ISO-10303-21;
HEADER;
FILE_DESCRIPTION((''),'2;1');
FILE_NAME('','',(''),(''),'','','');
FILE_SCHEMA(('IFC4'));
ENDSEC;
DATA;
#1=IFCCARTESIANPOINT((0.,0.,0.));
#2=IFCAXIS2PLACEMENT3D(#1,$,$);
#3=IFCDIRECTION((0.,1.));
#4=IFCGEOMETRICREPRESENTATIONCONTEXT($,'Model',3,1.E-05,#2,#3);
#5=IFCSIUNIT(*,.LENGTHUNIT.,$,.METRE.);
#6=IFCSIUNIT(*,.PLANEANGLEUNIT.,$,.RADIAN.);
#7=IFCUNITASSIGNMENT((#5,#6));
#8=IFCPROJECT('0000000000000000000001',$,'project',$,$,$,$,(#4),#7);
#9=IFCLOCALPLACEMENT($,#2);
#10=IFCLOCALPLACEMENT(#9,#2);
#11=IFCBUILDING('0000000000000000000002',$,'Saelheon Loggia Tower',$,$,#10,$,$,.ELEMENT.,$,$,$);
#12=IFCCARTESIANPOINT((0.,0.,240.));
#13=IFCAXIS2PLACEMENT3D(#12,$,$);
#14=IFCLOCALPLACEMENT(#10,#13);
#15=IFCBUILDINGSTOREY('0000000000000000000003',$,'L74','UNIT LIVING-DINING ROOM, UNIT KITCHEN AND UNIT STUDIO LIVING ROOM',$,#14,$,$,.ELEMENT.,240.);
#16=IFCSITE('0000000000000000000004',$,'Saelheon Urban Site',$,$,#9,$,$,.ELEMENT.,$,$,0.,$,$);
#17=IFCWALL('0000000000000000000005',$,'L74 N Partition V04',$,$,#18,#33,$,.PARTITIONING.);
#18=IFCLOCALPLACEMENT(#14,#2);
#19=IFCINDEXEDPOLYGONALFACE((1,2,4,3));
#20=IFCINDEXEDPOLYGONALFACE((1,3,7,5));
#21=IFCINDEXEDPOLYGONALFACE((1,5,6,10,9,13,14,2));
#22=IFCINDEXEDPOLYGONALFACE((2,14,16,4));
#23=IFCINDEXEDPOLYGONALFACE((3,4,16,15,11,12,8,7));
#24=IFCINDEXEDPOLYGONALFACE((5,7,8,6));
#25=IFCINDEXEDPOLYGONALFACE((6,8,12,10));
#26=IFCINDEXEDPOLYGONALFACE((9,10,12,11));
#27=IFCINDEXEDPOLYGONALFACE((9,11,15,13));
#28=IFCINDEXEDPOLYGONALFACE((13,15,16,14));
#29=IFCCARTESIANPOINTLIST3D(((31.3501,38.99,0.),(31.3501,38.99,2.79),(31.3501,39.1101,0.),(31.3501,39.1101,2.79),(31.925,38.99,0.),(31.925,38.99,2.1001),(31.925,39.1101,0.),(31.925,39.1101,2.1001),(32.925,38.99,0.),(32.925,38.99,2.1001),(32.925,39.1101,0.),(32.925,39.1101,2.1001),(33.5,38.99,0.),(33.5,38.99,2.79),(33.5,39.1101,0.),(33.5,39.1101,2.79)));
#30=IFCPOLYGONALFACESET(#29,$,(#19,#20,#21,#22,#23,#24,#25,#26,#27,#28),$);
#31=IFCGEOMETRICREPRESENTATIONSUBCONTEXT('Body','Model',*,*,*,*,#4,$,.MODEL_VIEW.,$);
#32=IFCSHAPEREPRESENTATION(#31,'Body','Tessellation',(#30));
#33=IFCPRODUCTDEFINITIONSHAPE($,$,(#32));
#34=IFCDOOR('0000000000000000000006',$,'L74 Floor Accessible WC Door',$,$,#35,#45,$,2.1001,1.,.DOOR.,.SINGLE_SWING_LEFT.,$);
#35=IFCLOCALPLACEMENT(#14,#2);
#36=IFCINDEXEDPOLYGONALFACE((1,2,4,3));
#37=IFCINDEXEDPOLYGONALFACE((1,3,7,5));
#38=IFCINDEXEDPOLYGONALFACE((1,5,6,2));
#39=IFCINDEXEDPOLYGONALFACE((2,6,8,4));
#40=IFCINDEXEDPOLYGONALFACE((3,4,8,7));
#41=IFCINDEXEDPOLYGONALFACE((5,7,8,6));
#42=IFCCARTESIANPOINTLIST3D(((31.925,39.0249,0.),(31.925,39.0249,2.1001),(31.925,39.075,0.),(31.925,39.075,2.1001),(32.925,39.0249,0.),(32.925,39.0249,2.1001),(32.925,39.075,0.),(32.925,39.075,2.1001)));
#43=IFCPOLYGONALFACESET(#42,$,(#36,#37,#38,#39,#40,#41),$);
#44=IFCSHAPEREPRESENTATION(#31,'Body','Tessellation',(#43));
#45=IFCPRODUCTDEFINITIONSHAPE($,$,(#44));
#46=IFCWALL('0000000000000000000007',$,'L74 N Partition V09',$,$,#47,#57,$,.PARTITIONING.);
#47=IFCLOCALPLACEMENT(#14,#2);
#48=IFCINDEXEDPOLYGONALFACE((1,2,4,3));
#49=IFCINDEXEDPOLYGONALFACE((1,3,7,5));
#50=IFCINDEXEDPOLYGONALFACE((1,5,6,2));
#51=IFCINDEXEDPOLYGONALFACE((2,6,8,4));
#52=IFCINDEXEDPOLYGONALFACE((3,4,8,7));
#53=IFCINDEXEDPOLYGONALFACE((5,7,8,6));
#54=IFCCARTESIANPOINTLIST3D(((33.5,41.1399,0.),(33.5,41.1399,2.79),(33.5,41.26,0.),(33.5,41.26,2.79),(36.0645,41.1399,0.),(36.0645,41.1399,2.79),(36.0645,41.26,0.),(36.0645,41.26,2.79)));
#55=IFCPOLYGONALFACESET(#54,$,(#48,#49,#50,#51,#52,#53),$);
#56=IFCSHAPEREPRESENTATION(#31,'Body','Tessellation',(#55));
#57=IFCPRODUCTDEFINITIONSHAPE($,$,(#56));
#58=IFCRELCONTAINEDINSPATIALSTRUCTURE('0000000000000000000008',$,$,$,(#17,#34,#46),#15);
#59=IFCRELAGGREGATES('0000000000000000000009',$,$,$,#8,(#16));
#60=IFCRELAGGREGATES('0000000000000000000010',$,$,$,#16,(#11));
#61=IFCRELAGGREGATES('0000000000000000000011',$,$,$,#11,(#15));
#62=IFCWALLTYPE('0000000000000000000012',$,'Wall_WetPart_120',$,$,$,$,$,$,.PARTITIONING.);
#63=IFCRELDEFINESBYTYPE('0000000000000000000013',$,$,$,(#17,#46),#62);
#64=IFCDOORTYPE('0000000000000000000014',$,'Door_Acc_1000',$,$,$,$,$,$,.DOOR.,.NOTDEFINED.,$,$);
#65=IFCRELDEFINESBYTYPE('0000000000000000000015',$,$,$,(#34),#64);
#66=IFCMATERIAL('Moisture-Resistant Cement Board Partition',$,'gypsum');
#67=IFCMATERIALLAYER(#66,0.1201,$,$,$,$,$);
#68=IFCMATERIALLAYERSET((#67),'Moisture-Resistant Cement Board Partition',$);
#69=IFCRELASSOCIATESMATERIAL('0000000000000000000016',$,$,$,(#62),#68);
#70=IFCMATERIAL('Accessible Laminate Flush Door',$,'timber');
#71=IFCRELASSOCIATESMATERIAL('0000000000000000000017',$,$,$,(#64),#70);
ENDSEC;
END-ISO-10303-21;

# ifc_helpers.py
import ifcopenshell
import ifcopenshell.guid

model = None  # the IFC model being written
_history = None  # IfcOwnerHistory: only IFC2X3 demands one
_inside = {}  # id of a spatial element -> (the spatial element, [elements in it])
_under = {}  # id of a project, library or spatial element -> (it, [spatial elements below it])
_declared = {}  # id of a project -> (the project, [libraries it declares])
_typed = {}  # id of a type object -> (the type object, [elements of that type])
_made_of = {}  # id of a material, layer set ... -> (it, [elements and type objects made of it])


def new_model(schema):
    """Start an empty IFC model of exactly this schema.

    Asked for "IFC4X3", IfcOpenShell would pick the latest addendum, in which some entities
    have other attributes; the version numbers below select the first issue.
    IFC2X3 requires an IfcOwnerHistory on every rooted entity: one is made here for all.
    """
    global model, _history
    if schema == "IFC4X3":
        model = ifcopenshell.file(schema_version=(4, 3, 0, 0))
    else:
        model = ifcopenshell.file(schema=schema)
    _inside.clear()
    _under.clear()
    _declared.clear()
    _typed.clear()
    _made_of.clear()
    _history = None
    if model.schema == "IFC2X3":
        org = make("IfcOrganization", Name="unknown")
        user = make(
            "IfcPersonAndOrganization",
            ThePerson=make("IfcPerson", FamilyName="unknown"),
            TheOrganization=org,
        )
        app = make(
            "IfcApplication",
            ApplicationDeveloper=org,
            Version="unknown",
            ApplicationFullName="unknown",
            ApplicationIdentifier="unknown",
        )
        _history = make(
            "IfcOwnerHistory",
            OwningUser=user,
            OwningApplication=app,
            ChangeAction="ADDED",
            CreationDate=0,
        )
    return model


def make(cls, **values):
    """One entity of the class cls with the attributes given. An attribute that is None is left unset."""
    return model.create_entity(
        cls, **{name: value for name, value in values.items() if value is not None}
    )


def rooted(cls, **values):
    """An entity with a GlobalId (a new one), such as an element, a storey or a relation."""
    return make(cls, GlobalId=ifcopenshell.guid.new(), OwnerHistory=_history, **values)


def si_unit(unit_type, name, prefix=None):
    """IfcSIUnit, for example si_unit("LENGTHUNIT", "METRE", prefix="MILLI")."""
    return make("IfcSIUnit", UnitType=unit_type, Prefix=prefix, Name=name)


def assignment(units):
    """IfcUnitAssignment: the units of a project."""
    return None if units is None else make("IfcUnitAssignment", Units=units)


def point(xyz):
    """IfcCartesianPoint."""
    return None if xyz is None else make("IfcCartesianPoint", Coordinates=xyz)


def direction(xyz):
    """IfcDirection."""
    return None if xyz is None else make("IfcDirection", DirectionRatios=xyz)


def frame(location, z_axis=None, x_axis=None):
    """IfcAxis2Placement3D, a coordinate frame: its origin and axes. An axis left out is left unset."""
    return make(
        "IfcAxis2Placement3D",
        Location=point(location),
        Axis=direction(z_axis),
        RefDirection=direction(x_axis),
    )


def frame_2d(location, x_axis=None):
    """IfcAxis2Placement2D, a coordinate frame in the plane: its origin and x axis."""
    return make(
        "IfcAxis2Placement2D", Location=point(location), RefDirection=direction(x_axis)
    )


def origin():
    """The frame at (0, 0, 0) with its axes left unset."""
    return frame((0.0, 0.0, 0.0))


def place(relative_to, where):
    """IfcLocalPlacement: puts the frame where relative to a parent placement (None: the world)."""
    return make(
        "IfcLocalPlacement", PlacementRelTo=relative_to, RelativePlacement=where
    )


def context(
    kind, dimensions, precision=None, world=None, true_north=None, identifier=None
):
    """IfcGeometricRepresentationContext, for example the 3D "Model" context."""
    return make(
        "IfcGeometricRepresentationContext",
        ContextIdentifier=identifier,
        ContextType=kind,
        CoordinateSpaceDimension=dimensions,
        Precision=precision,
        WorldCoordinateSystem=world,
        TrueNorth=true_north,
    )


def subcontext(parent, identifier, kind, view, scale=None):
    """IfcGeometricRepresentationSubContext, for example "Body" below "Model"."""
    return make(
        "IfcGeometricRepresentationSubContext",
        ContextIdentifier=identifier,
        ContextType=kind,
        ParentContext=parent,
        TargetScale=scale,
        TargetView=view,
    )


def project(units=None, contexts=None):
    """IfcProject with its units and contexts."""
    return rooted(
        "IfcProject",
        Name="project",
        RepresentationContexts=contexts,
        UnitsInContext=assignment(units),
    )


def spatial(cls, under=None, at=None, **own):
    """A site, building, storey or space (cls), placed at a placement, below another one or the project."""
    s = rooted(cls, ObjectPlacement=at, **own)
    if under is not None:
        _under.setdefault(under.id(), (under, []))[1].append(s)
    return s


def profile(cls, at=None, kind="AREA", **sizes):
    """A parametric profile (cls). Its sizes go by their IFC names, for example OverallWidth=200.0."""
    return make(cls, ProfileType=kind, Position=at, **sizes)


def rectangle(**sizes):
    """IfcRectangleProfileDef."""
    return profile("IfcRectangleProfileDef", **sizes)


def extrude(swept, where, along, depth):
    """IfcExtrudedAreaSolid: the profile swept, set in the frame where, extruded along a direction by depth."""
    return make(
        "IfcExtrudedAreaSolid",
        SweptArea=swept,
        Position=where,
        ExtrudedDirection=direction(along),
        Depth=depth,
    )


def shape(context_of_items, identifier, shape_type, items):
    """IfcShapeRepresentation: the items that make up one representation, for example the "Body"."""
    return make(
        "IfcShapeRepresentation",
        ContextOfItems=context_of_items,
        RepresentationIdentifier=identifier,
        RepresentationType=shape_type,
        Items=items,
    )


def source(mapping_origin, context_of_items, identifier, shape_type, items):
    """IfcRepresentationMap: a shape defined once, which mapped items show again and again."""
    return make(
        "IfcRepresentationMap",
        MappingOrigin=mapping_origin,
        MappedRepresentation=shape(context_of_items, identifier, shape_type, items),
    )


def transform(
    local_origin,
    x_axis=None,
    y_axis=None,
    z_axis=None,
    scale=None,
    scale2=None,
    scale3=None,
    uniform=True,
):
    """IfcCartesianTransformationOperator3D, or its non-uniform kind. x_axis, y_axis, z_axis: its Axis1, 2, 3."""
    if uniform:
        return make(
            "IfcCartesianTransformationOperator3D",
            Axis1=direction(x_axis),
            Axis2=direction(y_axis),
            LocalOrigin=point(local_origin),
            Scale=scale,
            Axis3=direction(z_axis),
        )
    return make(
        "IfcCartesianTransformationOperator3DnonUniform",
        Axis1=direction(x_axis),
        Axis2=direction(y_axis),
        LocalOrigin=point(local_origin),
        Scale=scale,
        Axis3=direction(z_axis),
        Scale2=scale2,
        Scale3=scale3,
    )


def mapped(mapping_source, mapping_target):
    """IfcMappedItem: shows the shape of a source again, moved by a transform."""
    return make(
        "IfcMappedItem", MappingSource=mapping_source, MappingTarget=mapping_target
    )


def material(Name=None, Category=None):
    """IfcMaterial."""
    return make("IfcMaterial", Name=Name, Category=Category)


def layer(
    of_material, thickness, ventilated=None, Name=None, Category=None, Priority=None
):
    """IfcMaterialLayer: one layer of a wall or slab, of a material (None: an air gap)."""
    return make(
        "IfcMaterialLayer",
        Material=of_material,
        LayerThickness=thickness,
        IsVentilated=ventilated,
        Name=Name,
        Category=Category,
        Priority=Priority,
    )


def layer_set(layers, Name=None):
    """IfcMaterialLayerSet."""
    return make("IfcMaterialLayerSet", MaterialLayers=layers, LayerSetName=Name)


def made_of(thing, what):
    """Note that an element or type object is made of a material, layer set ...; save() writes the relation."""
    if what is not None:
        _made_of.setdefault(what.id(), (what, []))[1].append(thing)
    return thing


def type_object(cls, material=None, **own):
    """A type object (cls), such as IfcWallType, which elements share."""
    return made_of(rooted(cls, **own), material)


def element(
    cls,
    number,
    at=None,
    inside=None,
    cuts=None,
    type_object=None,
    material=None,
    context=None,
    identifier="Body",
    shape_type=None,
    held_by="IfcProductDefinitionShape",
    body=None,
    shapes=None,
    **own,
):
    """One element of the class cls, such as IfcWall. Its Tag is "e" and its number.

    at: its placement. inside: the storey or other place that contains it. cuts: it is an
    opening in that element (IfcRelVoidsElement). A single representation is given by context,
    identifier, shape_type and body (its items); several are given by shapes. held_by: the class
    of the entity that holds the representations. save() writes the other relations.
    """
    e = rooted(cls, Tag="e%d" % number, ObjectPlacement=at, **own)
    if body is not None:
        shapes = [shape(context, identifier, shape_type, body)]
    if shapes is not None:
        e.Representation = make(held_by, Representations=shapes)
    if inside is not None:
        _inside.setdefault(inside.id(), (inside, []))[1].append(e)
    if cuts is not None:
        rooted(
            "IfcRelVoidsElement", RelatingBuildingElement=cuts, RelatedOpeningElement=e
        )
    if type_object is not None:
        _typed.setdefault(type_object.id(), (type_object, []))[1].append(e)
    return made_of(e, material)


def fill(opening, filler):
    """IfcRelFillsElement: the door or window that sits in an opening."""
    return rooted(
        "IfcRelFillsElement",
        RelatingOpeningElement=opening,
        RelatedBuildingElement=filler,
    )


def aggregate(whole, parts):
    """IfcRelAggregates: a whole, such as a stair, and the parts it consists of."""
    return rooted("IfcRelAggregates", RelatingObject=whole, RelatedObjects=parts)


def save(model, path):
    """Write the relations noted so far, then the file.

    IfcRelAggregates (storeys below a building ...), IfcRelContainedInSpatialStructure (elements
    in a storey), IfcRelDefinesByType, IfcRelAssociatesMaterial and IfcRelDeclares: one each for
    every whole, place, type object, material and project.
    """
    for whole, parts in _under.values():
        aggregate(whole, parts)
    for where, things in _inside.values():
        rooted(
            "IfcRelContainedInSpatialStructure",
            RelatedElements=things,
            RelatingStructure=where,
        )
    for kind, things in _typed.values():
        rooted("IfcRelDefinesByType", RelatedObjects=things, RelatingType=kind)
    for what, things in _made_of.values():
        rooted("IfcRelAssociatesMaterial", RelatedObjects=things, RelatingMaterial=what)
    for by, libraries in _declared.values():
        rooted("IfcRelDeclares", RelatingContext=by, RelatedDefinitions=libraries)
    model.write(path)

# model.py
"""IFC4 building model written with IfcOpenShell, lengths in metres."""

from ifc_helpers import new_model, si_unit, direction, frame, frame_2d, origin, place, context, subcontext, project, spatial, rectangle, extrude, source, transform, mapped, material, layer, layer_set, type_object, element, fill, save


model = new_model("IFC4")

# Units and contexts
model_context = context("Model", 3, precision=1e-05, world=origin(), true_north=direction((0.0, 1.0)))
body_context = subcontext(model_context, "Body", "Model", "MODEL_VIEW")
ifc_project = project(units=[si_unit("LENGTHUNIT", "METRE"), si_unit("PLANEANGLEUNIT", "RADIAN")], contexts=[model_context])

# Site, building, storey
site_placement = place(None, origin())
site = spatial("IfcSite", under=ifc_project, at=site_placement, Name="Saelheon Urban Site", CompositionType="ELEMENT", RefElevation=0.0)
building_placement = place(site_placement, origin())
building = spatial("IfcBuilding", under=site, at=building_placement, Name="Saelheon Loggia Tower", CompositionType="ELEMENT")
storey_placement = place(building_placement, frame((0.0, 0.0, 240.0)))
storey = spatial("IfcBuildingStorey", under=building, at=storey_placement, Name="L74", Description="UNIT LIVING-DINING ROOM, UNIT KITCHEN AND UNIT STUDIO LIVING ROOM", CompositionType="ELEMENT", Elevation=240.0)

# Wall, opening, door
ifc_material_1 = material(Name="Moisture-Resistant Cement Board Partition", Category="gypsum")
ifc_layer_1 = layer(ifc_material_1, 0.1201)
ifc_layer_set_1 = layer_set([ifc_layer_1], Name="Moisture-Resistant Cement Board Partition")
wall_type_1 = type_object("IfcWallType", Name="Wall_WetPart_120", PredefinedType="PARTITIONING", material=ifc_layer_set_1)
wall_1_placement = place(storey_placement, frame((31.3501, 39.05, 0.0), z_axis=(0.0, 0.0, 1.0), x_axis=(1.0, 0.0, 0.0)))
wall_1 = element("IfcWall", 1, at=wall_1_placement, inside=storey, type_object=wall_type_1, Name="L74 N Partition V04", PredefinedType="PARTITIONING", context=body_context, shape_type="SweptSolid", body=[
    extrude(rectangle(XDim=2.1499, YDim=0.1201, at=frame_2d((1.075, 0.0))), origin(), (0.0, 0.0, 1.0), 2.79),
])
opening_1_placement = place(wall_1_placement, frame((0.575, 0.0, 0.0)))
opening_1 = element("IfcOpeningElement", 2, at=opening_1_placement, cuts=wall_1, PredefinedType="OPENING", context=body_context, shape_type="SweptSolid", body=[
    extrude(rectangle(XDim=1.0, YDim=2.1001, at=frame_2d((0.5, 1.05))), frame((0.0, 0.072, 0.0), z_axis=(0.0, -1.0, 0.0), x_axis=(1.0, 0.0, 0.0)), (0.0, 0.0, 1.0), 0.144),
])
ifc_material_2 = material(Name="Accessible Laminate Flush Door", Category="timber")
door_type_1 = type_object("IfcDoorType", Name="Door_Acc_1000", OperationType="NOTDEFINED", PredefinedType="DOOR", material=ifc_material_2)
shared_shape_1 = source(origin(), body_context, "Body", "SweptSolid", [
    extrude(rectangle(XDim=1.0, YDim=2.1001, at=frame_2d((0.5, 1.05))), frame((0.0, 0.0249, 0.0), z_axis=(0.0, -1.0, 0.0), x_axis=(1.0, 0.0, 0.0)), (0.0, 0.0, 1.0), 0.05),
])
door_1_placement = place(opening_1_placement, origin())
door_1 = element("IfcDoor", 3, at=door_1_placement, inside=storey, type_object=door_type_1, Name="L74 Floor Accessible WC Door", OperationType="SINGLE_SWING_LEFT", OverallHeight=2.1001, OverallWidth=1.0, PredefinedType="DOOR", context=body_context, shape_type="MappedRepresentation", body=[
    mapped(shared_shape_1, transform((0.0, 0.0, 0.0), scale=1.0)),
])
fill(opening_1, door_1)

# Wall
wall_2_placement = place(storey_placement, frame((33.5, 41.2, 0.0), z_axis=(0.0, 0.0, 1.0), x_axis=(1.0, 0.0, 0.0)))
element("IfcWall", 4, at=wall_2_placement, inside=storey, type_object=wall_type_1, Name="L74 N Partition V09", PredefinedType="PARTITIONING", context=body_context, shape_type="SweptSolid", body=[
    extrude(rectangle(XDim=2.5645, YDim=0.1201, at=frame_2d((1.2822, 0.0))), origin(), (0.0, 0.0, 1.0), 2.79),
])

save(model, "model.ifc")
